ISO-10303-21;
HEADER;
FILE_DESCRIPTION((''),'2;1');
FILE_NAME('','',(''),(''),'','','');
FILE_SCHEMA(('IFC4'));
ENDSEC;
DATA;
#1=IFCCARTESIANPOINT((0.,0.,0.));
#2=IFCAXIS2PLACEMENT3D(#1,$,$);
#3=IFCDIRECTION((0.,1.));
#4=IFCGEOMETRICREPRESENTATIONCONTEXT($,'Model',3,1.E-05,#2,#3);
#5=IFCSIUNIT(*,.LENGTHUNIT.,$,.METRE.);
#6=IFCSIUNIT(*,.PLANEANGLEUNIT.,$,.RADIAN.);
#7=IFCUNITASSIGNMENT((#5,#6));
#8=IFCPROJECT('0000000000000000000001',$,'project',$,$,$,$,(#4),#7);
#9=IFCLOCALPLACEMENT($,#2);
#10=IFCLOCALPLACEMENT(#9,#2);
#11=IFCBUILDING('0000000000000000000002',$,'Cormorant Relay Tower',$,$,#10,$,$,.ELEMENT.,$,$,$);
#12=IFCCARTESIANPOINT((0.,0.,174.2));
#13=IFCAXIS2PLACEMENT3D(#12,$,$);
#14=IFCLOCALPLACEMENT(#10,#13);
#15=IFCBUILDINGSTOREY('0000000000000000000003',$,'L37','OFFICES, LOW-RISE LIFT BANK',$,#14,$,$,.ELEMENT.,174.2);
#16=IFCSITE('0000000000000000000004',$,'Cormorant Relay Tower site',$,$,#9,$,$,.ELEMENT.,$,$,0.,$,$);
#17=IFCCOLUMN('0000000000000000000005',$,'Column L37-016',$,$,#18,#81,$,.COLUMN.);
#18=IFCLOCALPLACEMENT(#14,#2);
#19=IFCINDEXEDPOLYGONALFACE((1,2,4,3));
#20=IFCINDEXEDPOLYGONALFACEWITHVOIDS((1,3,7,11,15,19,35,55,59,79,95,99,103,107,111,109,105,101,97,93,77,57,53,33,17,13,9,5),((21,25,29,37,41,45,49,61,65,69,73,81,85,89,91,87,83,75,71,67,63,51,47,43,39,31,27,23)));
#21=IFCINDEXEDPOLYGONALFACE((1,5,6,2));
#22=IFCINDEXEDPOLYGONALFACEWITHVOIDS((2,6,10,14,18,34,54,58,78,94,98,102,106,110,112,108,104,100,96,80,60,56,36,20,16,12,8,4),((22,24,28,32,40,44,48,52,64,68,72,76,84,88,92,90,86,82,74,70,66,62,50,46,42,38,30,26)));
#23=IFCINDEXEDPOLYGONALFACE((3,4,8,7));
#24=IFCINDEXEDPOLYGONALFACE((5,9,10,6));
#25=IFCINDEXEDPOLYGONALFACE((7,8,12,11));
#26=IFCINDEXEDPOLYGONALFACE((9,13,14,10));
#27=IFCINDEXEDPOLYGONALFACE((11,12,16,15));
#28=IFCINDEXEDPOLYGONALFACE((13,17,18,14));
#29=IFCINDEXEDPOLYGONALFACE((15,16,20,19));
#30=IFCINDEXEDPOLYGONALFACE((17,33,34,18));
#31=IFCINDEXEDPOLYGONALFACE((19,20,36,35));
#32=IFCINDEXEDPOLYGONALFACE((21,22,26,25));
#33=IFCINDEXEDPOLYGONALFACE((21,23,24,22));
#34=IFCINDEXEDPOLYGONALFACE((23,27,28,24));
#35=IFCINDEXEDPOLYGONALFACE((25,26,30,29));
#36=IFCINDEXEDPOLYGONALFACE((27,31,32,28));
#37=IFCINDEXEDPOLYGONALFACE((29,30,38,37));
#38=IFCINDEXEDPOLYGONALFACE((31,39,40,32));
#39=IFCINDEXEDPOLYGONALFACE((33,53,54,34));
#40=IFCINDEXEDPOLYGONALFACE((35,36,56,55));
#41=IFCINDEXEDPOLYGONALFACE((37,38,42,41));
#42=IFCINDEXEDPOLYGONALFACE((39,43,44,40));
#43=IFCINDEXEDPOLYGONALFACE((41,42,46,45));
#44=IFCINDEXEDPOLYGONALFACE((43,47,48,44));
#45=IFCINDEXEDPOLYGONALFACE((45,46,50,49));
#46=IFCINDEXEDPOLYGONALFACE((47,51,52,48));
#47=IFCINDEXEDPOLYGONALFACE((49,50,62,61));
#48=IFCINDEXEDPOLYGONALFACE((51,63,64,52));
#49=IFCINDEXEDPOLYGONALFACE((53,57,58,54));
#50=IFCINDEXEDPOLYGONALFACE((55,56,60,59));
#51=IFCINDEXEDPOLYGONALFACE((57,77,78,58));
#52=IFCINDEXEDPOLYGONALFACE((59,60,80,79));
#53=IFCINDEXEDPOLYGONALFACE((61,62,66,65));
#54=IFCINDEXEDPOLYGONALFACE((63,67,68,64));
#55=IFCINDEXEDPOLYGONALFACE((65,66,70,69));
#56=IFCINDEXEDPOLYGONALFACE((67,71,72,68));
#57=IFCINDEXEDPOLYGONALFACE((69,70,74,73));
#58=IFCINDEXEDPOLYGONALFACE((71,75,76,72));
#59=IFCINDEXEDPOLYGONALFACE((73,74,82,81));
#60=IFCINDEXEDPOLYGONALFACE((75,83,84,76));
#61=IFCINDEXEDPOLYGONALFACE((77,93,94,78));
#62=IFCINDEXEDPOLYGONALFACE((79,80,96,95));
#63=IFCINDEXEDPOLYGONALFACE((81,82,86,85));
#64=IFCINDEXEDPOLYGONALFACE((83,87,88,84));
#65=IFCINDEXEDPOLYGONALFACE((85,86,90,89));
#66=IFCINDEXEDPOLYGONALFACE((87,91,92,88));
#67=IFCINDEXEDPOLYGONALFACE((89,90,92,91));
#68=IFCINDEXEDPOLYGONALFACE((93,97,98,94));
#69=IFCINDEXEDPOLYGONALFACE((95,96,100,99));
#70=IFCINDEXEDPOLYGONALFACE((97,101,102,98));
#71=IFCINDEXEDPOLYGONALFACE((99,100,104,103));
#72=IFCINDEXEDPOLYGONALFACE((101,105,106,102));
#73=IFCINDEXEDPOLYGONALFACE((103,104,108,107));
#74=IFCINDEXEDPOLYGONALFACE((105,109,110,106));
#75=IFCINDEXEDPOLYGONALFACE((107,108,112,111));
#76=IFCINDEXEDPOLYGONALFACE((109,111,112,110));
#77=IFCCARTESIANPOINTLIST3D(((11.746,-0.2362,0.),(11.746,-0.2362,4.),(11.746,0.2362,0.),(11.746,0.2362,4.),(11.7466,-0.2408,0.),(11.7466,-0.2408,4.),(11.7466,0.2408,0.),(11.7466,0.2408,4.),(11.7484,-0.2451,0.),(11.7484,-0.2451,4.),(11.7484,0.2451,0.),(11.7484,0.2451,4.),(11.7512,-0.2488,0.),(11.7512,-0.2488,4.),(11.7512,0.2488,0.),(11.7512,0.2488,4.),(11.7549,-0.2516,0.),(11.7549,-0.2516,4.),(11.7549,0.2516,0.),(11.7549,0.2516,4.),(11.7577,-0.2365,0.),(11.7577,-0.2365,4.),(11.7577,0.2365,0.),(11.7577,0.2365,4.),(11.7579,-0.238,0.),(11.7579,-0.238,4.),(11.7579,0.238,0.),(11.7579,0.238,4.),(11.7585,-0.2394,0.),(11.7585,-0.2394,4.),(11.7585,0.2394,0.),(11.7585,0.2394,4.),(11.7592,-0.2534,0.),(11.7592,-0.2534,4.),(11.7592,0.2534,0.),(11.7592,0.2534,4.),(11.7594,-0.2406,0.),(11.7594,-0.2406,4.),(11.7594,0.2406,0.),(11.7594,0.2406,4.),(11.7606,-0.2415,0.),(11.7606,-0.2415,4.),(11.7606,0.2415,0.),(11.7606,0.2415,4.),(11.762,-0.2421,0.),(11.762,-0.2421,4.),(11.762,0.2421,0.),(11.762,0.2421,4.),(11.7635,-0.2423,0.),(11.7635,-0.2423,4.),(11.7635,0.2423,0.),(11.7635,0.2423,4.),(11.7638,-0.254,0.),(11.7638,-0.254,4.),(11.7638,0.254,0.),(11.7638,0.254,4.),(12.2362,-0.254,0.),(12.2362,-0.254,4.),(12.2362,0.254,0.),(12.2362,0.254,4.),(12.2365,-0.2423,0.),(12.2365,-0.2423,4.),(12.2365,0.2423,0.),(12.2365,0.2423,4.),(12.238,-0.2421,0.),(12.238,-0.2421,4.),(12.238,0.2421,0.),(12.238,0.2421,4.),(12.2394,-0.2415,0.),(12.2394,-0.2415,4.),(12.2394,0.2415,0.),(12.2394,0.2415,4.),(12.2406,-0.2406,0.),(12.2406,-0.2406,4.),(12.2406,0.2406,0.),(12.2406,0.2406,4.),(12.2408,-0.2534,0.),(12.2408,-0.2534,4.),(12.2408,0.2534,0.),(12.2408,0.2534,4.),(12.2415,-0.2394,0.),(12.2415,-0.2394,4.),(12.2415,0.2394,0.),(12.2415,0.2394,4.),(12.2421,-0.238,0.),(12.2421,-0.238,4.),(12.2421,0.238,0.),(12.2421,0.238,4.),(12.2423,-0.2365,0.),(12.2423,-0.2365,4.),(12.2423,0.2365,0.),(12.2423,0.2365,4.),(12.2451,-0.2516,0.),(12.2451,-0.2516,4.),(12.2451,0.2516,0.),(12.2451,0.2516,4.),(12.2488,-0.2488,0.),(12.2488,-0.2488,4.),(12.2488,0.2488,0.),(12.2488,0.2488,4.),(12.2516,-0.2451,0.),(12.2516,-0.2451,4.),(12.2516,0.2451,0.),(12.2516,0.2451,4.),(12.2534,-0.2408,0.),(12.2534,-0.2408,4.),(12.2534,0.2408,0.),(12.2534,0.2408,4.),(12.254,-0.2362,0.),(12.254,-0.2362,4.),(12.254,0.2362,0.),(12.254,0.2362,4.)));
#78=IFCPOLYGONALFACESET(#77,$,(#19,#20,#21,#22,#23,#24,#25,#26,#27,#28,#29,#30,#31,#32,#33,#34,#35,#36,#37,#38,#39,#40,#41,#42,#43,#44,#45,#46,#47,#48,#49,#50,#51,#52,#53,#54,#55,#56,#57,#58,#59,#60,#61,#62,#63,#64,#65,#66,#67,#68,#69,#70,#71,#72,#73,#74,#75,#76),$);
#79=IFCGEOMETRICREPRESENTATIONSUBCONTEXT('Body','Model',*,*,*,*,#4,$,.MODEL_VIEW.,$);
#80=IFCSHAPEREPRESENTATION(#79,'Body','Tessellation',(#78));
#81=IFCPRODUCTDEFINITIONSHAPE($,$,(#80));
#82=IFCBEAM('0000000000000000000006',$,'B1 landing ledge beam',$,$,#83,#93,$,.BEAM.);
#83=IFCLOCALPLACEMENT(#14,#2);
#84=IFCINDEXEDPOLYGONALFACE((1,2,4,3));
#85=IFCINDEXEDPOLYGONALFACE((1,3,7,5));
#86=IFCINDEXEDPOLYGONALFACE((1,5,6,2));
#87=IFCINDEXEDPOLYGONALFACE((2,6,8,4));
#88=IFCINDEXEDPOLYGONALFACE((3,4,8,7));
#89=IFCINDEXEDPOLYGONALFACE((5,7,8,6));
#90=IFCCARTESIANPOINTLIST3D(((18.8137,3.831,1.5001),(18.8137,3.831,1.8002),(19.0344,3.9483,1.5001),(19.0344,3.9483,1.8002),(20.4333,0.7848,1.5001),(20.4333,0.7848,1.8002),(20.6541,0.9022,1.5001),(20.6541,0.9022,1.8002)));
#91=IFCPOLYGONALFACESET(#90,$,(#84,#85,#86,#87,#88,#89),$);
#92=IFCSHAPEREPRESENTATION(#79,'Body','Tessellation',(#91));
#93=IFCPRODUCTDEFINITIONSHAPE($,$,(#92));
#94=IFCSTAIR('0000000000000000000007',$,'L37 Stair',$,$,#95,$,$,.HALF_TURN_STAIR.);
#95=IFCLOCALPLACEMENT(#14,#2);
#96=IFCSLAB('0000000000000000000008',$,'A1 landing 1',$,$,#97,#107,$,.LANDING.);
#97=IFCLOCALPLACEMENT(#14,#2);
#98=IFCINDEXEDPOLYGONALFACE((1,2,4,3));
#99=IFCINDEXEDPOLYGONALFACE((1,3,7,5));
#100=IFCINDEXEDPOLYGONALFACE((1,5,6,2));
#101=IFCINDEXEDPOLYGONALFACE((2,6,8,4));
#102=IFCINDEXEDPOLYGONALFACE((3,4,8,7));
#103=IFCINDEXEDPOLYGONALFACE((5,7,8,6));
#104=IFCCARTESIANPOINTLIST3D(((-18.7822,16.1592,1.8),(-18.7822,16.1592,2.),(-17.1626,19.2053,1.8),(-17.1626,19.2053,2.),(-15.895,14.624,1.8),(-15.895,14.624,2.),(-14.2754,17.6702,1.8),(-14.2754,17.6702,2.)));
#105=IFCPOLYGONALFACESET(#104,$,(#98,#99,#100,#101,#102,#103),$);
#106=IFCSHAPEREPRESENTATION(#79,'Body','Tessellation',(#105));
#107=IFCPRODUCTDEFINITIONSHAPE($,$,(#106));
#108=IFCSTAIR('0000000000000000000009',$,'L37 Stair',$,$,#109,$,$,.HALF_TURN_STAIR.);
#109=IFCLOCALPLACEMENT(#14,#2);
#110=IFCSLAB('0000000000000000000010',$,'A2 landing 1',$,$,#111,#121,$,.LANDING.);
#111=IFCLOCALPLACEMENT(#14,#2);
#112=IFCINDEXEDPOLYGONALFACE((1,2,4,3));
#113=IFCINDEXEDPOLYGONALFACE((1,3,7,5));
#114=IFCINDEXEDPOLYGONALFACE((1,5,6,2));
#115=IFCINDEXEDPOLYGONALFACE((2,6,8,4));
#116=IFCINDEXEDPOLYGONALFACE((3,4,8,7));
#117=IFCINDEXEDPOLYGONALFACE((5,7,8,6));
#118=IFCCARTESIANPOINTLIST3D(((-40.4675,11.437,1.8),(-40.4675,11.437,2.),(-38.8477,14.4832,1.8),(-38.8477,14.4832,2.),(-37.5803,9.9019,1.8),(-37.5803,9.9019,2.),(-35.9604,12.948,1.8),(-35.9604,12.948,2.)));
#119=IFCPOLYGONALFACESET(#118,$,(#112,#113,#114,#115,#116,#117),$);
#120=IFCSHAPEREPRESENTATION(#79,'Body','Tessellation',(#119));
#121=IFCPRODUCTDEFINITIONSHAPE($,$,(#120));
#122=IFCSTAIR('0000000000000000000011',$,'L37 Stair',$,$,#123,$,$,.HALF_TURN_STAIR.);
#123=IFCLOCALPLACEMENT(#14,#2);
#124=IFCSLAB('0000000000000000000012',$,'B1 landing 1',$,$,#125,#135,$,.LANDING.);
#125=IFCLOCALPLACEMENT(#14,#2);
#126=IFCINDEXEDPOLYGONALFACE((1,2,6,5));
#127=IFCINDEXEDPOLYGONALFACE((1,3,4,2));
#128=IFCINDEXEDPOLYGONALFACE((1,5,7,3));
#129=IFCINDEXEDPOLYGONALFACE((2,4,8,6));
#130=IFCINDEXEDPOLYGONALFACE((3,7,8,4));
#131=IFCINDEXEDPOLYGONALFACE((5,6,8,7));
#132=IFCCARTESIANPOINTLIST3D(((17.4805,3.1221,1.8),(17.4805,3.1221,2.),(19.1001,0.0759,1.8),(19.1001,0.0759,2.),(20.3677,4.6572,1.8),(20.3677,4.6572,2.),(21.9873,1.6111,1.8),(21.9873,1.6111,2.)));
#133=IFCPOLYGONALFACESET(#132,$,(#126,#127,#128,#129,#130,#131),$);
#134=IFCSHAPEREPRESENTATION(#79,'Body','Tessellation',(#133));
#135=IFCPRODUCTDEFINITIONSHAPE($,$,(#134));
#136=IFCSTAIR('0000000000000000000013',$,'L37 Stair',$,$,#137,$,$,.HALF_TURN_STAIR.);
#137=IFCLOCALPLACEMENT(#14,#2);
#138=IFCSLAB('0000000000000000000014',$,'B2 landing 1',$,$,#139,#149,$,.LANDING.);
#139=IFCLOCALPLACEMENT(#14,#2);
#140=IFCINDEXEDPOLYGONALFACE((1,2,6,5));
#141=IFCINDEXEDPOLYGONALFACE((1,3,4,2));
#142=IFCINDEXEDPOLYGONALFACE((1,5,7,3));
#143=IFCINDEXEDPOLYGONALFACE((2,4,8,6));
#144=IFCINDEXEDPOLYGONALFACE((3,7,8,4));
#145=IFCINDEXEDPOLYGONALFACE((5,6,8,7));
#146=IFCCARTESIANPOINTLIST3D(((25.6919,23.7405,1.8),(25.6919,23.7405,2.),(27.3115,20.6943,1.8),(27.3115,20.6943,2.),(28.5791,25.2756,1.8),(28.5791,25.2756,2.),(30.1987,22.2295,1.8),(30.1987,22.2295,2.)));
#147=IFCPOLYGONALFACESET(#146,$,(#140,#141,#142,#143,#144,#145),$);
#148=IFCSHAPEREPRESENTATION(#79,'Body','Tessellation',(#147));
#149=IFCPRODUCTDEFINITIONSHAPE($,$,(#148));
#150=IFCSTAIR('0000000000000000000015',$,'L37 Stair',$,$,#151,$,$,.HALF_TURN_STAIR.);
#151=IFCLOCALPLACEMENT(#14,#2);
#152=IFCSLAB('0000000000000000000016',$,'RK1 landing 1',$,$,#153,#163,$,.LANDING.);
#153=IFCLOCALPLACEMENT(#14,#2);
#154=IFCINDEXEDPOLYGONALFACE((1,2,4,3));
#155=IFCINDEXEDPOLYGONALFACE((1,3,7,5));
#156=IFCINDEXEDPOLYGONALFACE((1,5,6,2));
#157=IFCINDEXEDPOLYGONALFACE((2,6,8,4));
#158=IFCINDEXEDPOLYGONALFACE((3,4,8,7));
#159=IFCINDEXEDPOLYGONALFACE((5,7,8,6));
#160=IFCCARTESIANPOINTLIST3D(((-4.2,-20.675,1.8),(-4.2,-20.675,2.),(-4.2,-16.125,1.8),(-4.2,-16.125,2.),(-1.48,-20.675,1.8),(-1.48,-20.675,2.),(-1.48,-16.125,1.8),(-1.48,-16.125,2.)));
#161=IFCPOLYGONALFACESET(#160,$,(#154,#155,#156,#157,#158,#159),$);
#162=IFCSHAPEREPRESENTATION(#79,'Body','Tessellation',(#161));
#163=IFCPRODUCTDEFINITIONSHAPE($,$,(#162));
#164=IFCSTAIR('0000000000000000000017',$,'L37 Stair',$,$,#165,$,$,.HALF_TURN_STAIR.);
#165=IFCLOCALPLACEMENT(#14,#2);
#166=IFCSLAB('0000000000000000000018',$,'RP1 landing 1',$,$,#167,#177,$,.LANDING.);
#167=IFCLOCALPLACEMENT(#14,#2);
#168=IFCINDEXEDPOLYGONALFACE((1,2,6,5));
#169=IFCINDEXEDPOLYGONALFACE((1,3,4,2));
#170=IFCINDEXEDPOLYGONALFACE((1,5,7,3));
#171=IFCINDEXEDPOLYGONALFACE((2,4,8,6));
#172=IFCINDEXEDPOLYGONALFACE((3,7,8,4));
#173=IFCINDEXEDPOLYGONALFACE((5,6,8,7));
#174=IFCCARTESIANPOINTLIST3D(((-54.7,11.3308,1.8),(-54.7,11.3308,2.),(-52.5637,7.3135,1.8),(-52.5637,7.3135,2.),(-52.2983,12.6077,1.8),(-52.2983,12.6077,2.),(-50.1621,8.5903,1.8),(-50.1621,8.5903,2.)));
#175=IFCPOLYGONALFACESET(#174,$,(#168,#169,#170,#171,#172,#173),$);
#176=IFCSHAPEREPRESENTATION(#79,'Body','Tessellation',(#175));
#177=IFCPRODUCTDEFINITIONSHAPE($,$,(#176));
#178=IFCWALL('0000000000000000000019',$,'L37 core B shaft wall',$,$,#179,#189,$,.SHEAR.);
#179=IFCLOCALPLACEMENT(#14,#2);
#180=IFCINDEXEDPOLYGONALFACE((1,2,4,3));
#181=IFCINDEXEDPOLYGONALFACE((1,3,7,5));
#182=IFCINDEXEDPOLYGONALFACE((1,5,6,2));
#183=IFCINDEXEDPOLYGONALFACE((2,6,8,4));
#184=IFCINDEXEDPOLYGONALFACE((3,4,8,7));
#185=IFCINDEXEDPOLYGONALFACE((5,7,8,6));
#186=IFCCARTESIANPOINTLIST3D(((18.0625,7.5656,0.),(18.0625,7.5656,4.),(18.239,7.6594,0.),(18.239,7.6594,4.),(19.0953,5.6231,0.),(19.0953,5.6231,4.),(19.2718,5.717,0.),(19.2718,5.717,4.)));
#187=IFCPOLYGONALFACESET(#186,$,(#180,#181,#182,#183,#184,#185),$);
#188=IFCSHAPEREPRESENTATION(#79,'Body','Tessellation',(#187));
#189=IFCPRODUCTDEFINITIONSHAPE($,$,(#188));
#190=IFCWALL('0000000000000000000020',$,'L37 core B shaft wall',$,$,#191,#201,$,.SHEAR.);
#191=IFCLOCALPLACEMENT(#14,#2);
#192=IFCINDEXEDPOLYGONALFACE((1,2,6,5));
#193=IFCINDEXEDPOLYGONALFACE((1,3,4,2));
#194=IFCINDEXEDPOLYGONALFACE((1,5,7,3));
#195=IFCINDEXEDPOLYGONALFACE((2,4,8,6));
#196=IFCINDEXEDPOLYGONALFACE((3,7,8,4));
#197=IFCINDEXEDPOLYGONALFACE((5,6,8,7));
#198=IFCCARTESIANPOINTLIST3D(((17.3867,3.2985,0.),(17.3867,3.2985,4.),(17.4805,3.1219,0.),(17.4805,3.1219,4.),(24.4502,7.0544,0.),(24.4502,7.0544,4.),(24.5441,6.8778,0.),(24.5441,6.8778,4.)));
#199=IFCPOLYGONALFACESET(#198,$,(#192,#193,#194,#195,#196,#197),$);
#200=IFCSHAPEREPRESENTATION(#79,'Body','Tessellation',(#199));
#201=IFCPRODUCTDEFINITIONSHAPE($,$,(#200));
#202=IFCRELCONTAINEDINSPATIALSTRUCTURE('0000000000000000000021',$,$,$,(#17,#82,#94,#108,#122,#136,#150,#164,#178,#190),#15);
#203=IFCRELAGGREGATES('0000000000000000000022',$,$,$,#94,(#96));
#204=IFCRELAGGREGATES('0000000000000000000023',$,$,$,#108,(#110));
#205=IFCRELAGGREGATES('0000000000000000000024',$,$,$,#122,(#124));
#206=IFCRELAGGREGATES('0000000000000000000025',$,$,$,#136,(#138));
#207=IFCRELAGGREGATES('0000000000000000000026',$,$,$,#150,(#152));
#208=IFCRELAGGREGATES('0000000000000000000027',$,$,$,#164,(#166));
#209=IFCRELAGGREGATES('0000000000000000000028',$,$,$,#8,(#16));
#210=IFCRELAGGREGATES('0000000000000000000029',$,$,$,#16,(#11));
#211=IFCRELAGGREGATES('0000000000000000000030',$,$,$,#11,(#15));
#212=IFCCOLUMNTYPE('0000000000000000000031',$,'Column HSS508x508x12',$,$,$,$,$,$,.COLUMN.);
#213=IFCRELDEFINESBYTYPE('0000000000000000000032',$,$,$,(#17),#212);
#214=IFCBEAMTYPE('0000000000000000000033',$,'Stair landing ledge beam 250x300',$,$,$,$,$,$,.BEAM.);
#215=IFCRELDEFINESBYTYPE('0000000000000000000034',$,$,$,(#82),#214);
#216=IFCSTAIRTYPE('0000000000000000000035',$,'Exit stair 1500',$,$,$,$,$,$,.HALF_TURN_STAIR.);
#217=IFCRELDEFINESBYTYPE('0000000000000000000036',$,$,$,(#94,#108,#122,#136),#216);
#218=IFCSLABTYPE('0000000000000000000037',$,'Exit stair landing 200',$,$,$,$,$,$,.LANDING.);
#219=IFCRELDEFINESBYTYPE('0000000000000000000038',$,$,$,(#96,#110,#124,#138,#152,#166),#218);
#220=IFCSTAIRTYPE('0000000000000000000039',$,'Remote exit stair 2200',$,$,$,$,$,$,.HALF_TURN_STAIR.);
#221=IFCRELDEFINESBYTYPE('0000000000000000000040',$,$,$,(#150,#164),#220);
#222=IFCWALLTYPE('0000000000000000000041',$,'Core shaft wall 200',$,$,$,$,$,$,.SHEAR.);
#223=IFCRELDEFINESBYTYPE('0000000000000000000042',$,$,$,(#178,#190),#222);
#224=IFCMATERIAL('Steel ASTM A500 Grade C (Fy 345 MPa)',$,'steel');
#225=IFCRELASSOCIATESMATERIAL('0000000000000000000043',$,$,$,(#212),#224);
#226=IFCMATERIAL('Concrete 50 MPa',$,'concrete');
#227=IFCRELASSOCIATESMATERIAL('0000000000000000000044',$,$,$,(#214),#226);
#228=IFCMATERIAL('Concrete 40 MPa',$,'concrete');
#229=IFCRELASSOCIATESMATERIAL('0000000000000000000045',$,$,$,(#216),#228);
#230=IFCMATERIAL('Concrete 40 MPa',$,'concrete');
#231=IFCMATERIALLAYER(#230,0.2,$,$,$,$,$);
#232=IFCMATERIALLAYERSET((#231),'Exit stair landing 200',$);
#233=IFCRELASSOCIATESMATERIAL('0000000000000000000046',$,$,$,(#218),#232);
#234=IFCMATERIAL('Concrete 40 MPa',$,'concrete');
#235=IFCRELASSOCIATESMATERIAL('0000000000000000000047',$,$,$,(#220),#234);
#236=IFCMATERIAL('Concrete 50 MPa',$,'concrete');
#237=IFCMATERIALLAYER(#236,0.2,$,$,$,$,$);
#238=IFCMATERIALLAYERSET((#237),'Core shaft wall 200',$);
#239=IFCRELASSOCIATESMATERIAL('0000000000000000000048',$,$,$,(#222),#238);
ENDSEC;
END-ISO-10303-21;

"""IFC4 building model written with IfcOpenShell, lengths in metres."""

from ifc_helpers import new_model, si_unit, direction, frame, frame_2d, origin, origin_2d, place, context, subcontext, project, spatial, polyline, rectangle, hollow_rectangle, outline, extrude, material, layer, layer_set, material_profile, profile_set, type_object, element, aggregate, save


model = new_model("IFC4")

# Units and contexts
model_context = context("Model", 3, precision=1e-05, world=origin(), true_north=direction((0.0, 1.0)))
body_context = subcontext(model_context, "Body", "Model", "MODEL_VIEW")
ifc_project = project(units=[si_unit("LENGTHUNIT", "METRE"), si_unit("PLANEANGLEUNIT", "RADIAN")], contexts=[model_context])

# Site, building, storey
site_placement = place(None, origin())
site = spatial("IfcSite", under=ifc_project, at=site_placement, Name="Cormorant Relay Tower site", CompositionType="ELEMENT", RefElevation=0.0)
building_placement = place(site_placement, origin())
building = spatial("IfcBuilding", under=site, at=building_placement, Name="Cormorant Relay Tower", CompositionType="ELEMENT")
storey_placement = place(building_placement, frame((0.0, 0.0, 174.2)))
storey = spatial("IfcBuildingStorey", under=building, at=storey_placement, Name="L37", Description="OFFICES, LOW-RISE LIFT BANK", CompositionType="ELEMENT", Elevation=174.2)

# Column
ifc_material_1 = material(Name="Steel ASTM A500 Grade C (Fy 345 MPa)", Category="steel")
ifc_material_profile_1 = material_profile(ifc_material_1, hollow_rectangle(XDim=0.5081, YDim=0.5081, WallThickness=0.0117, InnerFilletRadius=0.0059, OuterFilletRadius=0.0178, at=origin_2d()), Name="HSS508x508x12")
ifc_profile_set_1 = profile_set([ifc_material_profile_1], Name="Steel ASTM A500 Grade C (Fy 345 MPa)")
column_type = type_object("IfcColumnType", Name="Column HSS508x508x12", PredefinedType="COLUMN", material=ifc_profile_set_1)
column_placement = place(storey_placement, frame((12.0, 0.0, 0.0), z_axis=(0.0, 0.0, 1.0), x_axis=(1.0, 0.0, 0.0)))
element("IfcColumn", 1, at=column_placement, inside=storey, type_object=column_type, Name="Column L37-016", PredefinedType="COLUMN", context=body_context, shape_type="SweptSolid", body=[
    extrude(hollow_rectangle(XDim=0.5081, YDim=0.5081, WallThickness=0.0117, InnerFilletRadius=0.0059, OuterFilletRadius=0.0178, at=origin_2d()), origin(), (0.0, 0.0, 1.0), 4.0),
])

# Beam
ifc_material_2 = material(Name="Concrete 50 MPa", Category="concrete")
ifc_material_profile_2 = material_profile(ifc_material_2, rectangle(XDim=0.25, YDim=0.3, at=origin_2d()), Name="RC 250x300")
ifc_profile_set_2 = profile_set([ifc_material_profile_2], Name="Concrete 50 MPa")
beam_type = type_object("IfcBeamType", Name="Stair landing ledge beam 250x300", PredefinedType="BEAM", material=ifc_profile_set_2)
beam_placement = place(storey_placement, frame((18.9241, 3.8896, 1.6501), z_axis=(0.469464, -0.882952, 0.0), x_axis=(0.882952, 0.469464, 0.0)))
element("IfcBeam", 2, at=beam_placement, inside=storey, type_object=beam_type, Name="B1 landing ledge beam", PredefinedType="BEAM", context=body_context, shape_type="SweptSolid", body=[
    extrude(rectangle(XDim=0.25, YDim=0.3, at=origin_2d()), origin(), (0.0, 0.0, 1.0), 3.45),
])

# Stairs, slabs
ifc_material_3 = material(Name="Concrete 40 MPa", Category="concrete")
stair_type_1 = type_object("IfcStairType", Name="Exit stair 1500", PredefinedType="HALF_TURN_STAIR", material=ifc_material_3)
stair_1_placement = place(storey_placement, origin())
stair_1 = element("IfcStair", 3, at=stair_1_placement, inside=storey, type_object=stair_type_1, Name="L37 Stair", PredefinedType="HALF_TURN_STAIR")
ifc_material_4 = material(Name="Concrete 40 MPa", Category="concrete")
ifc_layer_1 = layer(ifc_material_4, 0.2)
ifc_layer_set_1 = layer_set([ifc_layer_1], Name="Exit stair landing 200")
slab_type = type_object("IfcSlabType", Name="Exit stair landing 200", PredefinedType="LANDING", material=ifc_layer_set_1)
slab_1_placement = place(storey_placement, frame((0.0, 0.0, 1.8)))
slab_1 = element("IfcSlab", 4, at=slab_1_placement, type_object=slab_type, Name="A1 landing 1", PredefinedType="LANDING", context=body_context, shape_type="SweptSolid", body=[
    extrude(outline(polyline([(-18.7822, 16.1592), (-15.895, 14.624), (-14.2754, 17.6702), (-17.1626, 19.2053), (-18.7822, 16.1592)])), origin(), (0.0, 0.0, 1.0), 0.2),
])
aggregate(stair_1, [slab_1])
stair_2_placement = place(storey_placement, origin())
stair_2 = element("IfcStair", 5, at=stair_2_placement, inside=storey, type_object=stair_type_1, Name="L37 Stair", PredefinedType="HALF_TURN_STAIR")
slab_2_placement = place(storey_placement, frame((0.0, 0.0, 1.8)))
slab_2 = element("IfcSlab", 6, at=slab_2_placement, type_object=slab_type, Name="A2 landing 1", PredefinedType="LANDING", context=body_context, shape_type="SweptSolid", body=[
    extrude(outline(polyline([(-35.9604, 12.948), (-38.8477, 14.4832), (-40.4675, 11.437), (-37.5803, 9.9019), (-35.9604, 12.948)])), origin(), (0.0, 0.0, 1.0), 0.2),
])
aggregate(stair_2, [slab_2])
stair_3_placement = place(storey_placement, origin())
stair_3 = element("IfcStair", 7, at=stair_3_placement, inside=storey, type_object=stair_type_1, Name="L37 Stair", PredefinedType="HALF_TURN_STAIR")
slab_3_placement = place(storey_placement, frame((0.0, 0.0, 1.8)))
slab_3 = element("IfcSlab", 8, at=slab_3_placement, type_object=slab_type, Name="B1 landing 1", PredefinedType="LANDING", context=body_context, shape_type="SweptSolid", body=[
    extrude(outline(polyline([(20.3677, 4.6572), (17.4805, 3.1221), (19.1001, 0.0759), (21.9873, 1.6111), (20.3677, 4.6572)])), origin(), (0.0, 0.0, 1.0), 0.2),
])
aggregate(stair_3, [slab_3])
stair_4_placement = place(storey_placement, origin())
stair_4 = element("IfcStair", 9, at=stair_4_placement, inside=storey, type_object=stair_type_1, Name="L37 Stair", PredefinedType="HALF_TURN_STAIR")
slab_4_placement = place(storey_placement, frame((0.0, 0.0, 1.8)))
slab_4 = element("IfcSlab", 10, at=slab_4_placement, type_object=slab_type, Name="B2 landing 1", PredefinedType="LANDING", context=body_context, shape_type="SweptSolid", body=[
    extrude(outline(polyline([(27.3115, 20.6943), (30.1987, 22.2295), (28.5791, 25.2756), (25.6919, 23.7405), (27.3115, 20.6943)])), origin(), (0.0, 0.0, 1.0), 0.2),
])
aggregate(stair_4, [slab_4])
ifc_material_5 = material(Name="Concrete 40 MPa", Category="concrete")
stair_type_2 = type_object("IfcStairType", Name="Remote exit stair 2200", PredefinedType="HALF_TURN_STAIR", material=ifc_material_5)
stair_5_placement = place(storey_placement, origin())
stair_5 = element("IfcStair", 11, at=stair_5_placement, inside=storey, type_object=stair_type_2, Name="L37 Stair", PredefinedType="HALF_TURN_STAIR")
slab_5_placement = place(storey_placement, frame((0.0, 0.0, 1.8)))
slab_5 = element("IfcSlab", 12, at=slab_5_placement, type_object=slab_type, Name="RK1 landing 1", PredefinedType="LANDING", context=body_context, shape_type="SweptSolid", body=[
    extrude(outline(polyline([(-1.48, -16.125), (-4.2, -16.125), (-4.2, -20.675), (-1.48, -20.675), (-1.48, -16.125)])), origin(), (0.0, 0.0, 1.0), 0.2),
])
aggregate(stair_5, [slab_5])
stair_6_placement = place(storey_placement, origin())
stair_6 = element("IfcStair", 13, at=stair_6_placement, inside=storey, type_object=stair_type_2, Name="L37 Stair", PredefinedType="HALF_TURN_STAIR")
slab_6_placement = place(storey_placement, frame((0.0, 0.0, 1.8)))
slab_6 = element("IfcSlab", 14, at=slab_6_placement, type_object=slab_type, Name="RP1 landing 1", PredefinedType="LANDING", context=body_context, shape_type="SweptSolid", body=[
    extrude(outline(polyline([(-52.2983, 12.6077), (-54.7, 11.3308), (-52.5637, 7.3135), (-50.1621, 8.5903), (-52.2983, 12.6077)])), origin(), (0.0, 0.0, 1.0), 0.2),
])
aggregate(stair_6, [slab_6])

# Walls
ifc_material_6 = material(Name="Concrete 50 MPa", Category="concrete")
ifc_layer_2 = layer(ifc_material_6, 0.2)
ifc_layer_set_2 = layer_set([ifc_layer_2], Name="Core shaft wall 200")
wall_type = type_object("IfcWallType", Name="Core shaft wall 200", PredefinedType="SHEAR", material=ifc_layer_set_2)
wall_1_placement = place(storey_placement, frame((19.1836, 5.6699, 0.0), z_axis=(0.0, 0.0, 1.0), x_axis=(-0.469447, 0.88296, 0.0)))
element("IfcWall", 15, at=wall_1_placement, inside=storey, type_object=wall_type, Name="L37 core B shaft wall", PredefinedType="SHEAR", context=body_context, shape_type="SweptSolid", body=[
    extrude(rectangle(XDim=2.2, YDim=0.2, at=frame_2d((1.1001, 0.0))), origin(), (0.0, 0.0, 1.0), 4.0),
])
for number, where, z_axis, x_axis, name in (
    (16, (17.4336, 3.2102, 0.0), (0.0, 0.0, 1.0), (0.88294, 0.469485, 0.0), "L37 core B shaft wall"),
):
    element("IfcWall", number, at=place(storey_placement, frame(where, z_axis=z_axis, x_axis=x_axis)), inside=storey, type_object=wall_type, Name=name, PredefinedType="SHEAR", context=body_context, shape_type="SweptSolid", body=[
        extrude(rectangle(XDim=8.0, YDim=0.2, at=frame_2d((4.0, 0.0))), origin(), (0.0, 0.0, 1.0), 4.0),
    ])

save(model, "model.ifc")
